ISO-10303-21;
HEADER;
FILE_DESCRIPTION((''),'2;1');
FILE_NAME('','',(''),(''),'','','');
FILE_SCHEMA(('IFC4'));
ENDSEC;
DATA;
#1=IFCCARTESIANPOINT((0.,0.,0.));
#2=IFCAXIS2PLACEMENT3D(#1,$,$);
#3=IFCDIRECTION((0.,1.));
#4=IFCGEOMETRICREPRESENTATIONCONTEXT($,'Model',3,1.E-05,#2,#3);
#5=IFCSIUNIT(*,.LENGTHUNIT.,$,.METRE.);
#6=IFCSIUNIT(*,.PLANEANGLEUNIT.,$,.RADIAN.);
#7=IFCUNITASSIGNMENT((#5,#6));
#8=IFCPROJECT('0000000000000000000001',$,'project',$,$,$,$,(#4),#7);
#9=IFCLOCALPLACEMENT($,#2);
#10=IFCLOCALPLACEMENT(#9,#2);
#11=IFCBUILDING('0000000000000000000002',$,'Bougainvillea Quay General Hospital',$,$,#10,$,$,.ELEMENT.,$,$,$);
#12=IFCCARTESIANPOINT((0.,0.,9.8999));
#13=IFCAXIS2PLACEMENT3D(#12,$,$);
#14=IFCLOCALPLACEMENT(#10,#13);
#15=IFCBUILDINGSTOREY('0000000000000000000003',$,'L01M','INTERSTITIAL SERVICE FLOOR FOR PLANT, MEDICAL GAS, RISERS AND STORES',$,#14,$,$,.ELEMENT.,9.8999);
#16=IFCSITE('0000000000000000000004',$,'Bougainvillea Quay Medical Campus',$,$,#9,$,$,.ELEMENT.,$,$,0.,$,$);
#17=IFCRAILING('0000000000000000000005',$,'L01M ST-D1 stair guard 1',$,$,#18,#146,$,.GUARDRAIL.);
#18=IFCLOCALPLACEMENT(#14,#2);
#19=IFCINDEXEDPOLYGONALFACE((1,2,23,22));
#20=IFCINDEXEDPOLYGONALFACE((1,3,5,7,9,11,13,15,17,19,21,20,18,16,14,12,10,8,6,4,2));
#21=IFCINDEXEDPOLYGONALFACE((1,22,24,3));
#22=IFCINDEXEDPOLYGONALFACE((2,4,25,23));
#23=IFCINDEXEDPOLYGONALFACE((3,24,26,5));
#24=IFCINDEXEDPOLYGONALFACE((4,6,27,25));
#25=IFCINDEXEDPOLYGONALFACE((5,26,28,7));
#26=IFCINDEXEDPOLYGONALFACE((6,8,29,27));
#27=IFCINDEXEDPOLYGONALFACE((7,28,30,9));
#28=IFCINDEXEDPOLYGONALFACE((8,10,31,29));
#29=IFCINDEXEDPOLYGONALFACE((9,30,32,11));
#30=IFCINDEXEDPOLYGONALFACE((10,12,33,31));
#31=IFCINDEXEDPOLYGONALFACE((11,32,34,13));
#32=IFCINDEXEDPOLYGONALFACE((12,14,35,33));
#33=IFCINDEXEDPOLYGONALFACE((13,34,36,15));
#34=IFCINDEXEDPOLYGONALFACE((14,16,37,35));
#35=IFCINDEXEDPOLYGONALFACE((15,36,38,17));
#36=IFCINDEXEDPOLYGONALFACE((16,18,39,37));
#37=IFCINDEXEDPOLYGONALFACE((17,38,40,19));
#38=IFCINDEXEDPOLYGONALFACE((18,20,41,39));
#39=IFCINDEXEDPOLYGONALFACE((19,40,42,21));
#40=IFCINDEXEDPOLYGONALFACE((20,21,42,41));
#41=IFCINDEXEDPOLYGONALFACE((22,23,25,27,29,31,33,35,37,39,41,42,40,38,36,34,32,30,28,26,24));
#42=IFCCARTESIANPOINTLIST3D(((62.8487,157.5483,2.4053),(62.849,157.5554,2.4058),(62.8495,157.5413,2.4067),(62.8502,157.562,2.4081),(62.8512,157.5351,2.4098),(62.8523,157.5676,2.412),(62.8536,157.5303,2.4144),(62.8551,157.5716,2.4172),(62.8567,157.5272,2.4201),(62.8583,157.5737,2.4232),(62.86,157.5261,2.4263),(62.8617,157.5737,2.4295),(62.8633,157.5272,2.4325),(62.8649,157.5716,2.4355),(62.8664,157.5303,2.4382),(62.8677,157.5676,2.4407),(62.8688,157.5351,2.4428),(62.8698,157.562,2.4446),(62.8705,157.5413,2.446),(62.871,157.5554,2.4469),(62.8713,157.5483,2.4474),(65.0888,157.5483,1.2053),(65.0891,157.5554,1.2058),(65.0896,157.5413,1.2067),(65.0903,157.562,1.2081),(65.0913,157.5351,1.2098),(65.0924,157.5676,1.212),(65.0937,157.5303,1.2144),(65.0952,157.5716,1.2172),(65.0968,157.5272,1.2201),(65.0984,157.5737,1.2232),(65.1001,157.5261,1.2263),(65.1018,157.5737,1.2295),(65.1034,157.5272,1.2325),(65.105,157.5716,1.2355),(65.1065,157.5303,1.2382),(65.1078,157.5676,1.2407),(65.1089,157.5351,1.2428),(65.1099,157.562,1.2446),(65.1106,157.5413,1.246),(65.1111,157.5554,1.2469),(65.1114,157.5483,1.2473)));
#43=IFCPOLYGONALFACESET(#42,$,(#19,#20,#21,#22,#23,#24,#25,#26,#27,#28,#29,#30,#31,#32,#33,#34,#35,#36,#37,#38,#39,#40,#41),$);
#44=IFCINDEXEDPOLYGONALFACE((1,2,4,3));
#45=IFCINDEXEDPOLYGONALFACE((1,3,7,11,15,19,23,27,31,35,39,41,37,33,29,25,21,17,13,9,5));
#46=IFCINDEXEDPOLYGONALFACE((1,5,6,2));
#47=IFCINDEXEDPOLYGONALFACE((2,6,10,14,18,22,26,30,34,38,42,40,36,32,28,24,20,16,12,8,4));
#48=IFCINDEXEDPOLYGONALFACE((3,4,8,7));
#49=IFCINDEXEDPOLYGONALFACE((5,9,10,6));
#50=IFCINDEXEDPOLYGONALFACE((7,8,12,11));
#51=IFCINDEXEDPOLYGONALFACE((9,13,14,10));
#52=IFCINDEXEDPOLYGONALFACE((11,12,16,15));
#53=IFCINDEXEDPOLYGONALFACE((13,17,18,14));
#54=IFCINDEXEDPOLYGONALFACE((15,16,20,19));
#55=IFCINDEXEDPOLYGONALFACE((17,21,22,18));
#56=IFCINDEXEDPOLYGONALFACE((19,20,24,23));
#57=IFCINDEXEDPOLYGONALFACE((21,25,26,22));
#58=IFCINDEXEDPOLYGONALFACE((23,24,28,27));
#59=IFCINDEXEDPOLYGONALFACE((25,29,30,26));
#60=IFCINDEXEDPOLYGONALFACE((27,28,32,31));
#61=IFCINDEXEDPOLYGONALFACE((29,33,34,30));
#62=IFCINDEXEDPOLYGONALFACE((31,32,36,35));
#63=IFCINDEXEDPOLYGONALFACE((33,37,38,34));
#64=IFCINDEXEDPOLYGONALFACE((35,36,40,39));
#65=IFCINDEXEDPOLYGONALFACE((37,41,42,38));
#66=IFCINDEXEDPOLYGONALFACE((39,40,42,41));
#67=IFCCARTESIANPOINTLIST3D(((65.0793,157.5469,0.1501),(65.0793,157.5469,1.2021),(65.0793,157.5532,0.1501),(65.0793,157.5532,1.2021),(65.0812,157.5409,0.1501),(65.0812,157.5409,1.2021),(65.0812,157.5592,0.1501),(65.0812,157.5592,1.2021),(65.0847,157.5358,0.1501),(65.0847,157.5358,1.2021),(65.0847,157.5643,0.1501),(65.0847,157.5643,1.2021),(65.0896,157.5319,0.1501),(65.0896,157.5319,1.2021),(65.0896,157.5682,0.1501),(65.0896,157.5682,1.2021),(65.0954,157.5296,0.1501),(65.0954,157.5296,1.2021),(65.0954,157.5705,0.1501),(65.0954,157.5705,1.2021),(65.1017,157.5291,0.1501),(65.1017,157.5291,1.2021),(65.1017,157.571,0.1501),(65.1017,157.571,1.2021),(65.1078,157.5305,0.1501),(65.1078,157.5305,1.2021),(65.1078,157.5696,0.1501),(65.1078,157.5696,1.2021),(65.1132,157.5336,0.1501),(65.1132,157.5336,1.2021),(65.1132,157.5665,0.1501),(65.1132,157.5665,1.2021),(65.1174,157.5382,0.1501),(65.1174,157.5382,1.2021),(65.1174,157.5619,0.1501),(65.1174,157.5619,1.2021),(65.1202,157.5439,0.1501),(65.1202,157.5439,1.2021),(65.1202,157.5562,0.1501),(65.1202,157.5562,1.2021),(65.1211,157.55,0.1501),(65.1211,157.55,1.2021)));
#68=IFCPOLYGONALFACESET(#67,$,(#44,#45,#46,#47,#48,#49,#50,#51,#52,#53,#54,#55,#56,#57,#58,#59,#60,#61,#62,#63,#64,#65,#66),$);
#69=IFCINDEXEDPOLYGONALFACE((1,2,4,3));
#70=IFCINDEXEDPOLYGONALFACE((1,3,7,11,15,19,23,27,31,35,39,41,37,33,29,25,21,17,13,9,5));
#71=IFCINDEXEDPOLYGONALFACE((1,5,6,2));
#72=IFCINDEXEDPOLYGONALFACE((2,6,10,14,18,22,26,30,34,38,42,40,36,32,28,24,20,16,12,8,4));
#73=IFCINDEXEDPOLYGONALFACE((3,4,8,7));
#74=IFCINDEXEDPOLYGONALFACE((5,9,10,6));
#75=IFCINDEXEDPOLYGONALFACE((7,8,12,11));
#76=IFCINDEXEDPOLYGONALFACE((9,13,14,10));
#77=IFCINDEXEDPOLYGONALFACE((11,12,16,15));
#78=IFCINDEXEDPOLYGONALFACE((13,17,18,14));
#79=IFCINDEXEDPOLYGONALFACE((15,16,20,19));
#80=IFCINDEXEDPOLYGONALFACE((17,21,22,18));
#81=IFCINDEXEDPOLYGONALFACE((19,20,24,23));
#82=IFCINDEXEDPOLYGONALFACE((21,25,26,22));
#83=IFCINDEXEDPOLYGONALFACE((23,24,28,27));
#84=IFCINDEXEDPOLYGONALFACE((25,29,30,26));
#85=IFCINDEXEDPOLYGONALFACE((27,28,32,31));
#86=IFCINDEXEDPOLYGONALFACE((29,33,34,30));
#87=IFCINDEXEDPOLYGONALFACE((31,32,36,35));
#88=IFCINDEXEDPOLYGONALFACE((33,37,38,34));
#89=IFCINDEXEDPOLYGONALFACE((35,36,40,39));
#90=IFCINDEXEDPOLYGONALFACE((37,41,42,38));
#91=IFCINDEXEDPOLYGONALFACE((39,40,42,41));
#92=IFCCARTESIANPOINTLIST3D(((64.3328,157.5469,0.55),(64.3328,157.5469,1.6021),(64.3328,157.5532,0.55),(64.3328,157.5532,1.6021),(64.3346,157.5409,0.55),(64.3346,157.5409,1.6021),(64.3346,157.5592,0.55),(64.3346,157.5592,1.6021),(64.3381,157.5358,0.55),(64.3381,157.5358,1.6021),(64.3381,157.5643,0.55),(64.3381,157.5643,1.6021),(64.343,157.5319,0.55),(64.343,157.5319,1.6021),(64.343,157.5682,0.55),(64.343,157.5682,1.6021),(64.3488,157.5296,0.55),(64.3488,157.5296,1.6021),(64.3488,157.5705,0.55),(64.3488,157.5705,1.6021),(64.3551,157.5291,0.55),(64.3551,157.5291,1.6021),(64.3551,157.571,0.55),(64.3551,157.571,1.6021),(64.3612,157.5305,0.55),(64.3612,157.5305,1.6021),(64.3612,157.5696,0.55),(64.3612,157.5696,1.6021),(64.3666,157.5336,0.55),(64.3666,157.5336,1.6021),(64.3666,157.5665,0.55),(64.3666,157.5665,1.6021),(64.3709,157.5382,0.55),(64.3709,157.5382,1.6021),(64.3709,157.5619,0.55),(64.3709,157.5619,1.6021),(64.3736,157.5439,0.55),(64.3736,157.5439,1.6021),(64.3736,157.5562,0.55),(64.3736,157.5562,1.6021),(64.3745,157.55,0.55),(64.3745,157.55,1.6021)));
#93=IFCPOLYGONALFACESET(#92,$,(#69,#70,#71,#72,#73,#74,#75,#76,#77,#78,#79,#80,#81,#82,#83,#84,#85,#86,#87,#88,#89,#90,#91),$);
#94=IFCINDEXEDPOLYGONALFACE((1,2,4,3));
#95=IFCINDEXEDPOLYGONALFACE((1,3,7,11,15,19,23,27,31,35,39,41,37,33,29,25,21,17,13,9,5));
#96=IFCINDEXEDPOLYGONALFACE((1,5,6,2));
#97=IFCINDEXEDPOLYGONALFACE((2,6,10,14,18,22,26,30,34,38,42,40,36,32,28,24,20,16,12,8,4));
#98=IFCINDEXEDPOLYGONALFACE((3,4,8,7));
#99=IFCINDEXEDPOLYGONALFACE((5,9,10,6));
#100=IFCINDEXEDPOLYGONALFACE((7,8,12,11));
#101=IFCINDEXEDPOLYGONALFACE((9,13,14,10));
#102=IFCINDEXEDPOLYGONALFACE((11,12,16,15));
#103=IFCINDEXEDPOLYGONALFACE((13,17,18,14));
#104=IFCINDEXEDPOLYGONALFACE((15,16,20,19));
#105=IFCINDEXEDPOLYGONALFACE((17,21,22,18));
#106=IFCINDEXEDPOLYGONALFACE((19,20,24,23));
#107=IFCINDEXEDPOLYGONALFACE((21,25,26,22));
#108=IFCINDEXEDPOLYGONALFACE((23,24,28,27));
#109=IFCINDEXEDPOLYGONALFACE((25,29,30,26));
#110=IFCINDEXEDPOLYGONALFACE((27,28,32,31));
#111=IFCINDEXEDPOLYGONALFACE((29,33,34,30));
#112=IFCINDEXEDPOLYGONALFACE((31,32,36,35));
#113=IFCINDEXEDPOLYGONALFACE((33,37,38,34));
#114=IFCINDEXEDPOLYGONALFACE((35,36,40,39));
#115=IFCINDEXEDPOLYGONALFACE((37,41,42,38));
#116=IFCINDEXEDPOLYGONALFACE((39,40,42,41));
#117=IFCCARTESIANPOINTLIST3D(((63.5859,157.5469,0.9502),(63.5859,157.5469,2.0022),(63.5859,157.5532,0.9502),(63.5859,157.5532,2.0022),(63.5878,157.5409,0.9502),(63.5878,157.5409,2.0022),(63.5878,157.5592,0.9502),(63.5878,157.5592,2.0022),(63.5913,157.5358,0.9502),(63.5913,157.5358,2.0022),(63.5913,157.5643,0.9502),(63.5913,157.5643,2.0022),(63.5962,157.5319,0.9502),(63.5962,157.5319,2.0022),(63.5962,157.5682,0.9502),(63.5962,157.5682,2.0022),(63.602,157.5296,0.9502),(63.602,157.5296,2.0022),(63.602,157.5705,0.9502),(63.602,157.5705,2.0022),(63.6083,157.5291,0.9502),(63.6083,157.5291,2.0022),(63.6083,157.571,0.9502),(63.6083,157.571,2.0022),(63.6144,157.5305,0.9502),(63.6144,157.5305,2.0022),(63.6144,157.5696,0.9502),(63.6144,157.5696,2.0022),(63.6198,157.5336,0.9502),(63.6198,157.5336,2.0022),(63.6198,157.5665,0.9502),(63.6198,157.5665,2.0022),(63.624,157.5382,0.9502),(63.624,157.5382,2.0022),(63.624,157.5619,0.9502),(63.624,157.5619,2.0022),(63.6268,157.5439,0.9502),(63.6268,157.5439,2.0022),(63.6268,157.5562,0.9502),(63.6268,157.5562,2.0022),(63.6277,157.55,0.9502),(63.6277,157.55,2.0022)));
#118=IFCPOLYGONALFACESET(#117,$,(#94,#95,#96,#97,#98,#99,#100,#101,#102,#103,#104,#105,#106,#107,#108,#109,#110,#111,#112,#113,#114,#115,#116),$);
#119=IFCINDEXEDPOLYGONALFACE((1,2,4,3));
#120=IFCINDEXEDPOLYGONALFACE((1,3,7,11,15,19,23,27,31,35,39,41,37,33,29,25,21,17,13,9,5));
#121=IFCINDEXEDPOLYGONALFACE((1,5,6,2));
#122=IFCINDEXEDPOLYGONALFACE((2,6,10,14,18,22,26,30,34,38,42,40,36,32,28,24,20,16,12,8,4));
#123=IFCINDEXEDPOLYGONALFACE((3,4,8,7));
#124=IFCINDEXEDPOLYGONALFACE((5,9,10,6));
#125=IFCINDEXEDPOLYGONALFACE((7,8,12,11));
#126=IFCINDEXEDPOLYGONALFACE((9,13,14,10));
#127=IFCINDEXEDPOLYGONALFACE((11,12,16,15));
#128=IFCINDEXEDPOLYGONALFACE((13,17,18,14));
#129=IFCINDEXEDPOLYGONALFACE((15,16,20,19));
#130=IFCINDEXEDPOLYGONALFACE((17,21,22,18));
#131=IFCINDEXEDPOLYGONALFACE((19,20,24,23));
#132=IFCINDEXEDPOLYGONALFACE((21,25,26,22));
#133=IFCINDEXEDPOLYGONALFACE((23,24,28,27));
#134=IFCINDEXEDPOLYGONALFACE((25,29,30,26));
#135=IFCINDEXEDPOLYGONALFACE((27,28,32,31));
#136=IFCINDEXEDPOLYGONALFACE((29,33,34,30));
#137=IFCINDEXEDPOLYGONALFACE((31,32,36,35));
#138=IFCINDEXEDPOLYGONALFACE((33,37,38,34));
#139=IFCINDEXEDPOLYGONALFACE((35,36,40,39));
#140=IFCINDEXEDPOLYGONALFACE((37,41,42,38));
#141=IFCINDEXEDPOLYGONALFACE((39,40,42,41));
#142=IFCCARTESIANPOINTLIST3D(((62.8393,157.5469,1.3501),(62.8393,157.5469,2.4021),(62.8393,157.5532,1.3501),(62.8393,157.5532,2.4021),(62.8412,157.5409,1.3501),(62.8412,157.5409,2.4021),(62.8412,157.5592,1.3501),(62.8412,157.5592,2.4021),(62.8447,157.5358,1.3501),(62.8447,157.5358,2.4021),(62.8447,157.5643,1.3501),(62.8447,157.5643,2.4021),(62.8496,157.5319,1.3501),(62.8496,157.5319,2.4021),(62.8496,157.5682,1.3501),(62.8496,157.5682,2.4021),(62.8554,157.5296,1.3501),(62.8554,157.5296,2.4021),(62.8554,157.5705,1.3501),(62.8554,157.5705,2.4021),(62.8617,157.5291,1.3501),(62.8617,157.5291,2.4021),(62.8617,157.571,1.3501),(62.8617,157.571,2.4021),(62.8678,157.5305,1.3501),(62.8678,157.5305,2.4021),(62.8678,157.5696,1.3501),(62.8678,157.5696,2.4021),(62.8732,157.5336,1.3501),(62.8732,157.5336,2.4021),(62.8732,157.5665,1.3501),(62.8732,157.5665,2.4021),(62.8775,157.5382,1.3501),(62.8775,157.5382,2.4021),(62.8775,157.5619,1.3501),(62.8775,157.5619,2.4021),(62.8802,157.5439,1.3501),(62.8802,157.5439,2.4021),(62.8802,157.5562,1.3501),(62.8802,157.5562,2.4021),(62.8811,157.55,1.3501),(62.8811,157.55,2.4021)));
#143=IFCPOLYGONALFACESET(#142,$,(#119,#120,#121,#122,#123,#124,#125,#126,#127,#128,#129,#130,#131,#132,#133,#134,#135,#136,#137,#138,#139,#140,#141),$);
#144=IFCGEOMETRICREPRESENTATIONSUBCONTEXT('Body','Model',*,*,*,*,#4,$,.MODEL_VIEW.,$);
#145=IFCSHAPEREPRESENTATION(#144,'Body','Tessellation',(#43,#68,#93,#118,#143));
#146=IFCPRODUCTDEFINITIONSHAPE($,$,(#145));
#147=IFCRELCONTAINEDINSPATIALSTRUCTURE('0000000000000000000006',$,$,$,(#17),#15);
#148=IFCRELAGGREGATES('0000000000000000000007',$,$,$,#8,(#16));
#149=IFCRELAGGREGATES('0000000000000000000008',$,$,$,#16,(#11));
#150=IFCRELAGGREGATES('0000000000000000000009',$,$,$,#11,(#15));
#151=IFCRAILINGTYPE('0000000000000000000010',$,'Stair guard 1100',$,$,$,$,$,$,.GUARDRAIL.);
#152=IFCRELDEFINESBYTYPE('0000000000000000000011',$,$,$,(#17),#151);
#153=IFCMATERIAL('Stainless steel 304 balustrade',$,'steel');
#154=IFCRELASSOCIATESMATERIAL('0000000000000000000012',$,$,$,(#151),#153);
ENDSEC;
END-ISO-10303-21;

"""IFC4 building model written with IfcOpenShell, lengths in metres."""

from ifc_helpers import new_model, si_unit, direction, frame, origin, origin_2d, place, context, subcontext, project, spatial, circle, extrude, material, type_object, element, save


model = new_model("IFC4")

# Units and contexts
model_context = context("Model", 3, precision=1e-05, world=origin(), true_north=direction((0.0, 1.0)))
body_context = subcontext(model_context, "Body", "Model", "MODEL_VIEW")
ifc_project = project(units=[si_unit("LENGTHUNIT", "METRE"), si_unit("PLANEANGLEUNIT", "RADIAN")], contexts=[model_context])

# Site, building, storey
site_placement = place(None, origin())
site = spatial("IfcSite", under=ifc_project, at=site_placement, Name="Bougainvillea Quay Medical Campus", CompositionType="ELEMENT", RefElevation=0.0)
building_placement = place(site_placement, origin())
building = spatial("IfcBuilding", under=site, at=building_placement, Name="Bougainvillea Quay General Hospital", CompositionType="ELEMENT")
storey_placement = place(building_placement, frame((0.0, 0.0, 9.8999)))
storey = spatial("IfcBuildingStorey", under=building, at=storey_placement, Name="L01M", Description="INTERSTITIAL SERVICE FLOOR FOR PLANT, MEDICAL GAS, RISERS AND STORES", CompositionType="ELEMENT", Elevation=9.8999)

# Railing
ifc_material_1 = material(Name="Stainless steel 304 balustrade", Category="steel")
railing_type_1 = type_object("IfcRailingType", Name="Stair guard 1100", PredefinedType="GUARDRAIL", material=ifc_material_1)
railing_1_placement = place(storey_placement, frame((65.1001, 157.55, 0.1501)))
element("IfcRailing", 1, at=railing_1_placement, inside=storey, type_object=railing_type_1, Name="L01M ST-D1 stair guard 1", PredefinedType="GUARDRAIL", context=body_context, shape_type="SweptSolid", body=[
    extrude(circle(Radius=0.0239, at=origin_2d()), frame((0.0, 0.0, 1.0762), z_axis=(-0.881487, 0.0, 0.472208), x_axis=(0.0, -1.0, 0.0)), (0.0, 0.0, 1.0), 2.5413),
    extrude(circle(Radius=0.021, at=origin_2d()), origin(), (0.0, 0.0, 1.0), 1.052),
    extrude(circle(Radius=0.021, at=origin_2d()), frame((-0.7466, 0.0, 0.3999)), (0.0, 0.0, 1.0), 1.052),
    extrude(circle(Radius=0.021, at=origin_2d()), frame((-1.4934, 0.0, 0.8)), (0.0, 0.0, 1.0), 1.052),
    extrude(circle(Radius=0.021, at=origin_2d()), frame((-2.24, 0.0, 1.2)), (0.0, 0.0, 1.0), 1.052),
])

save(model, "model.ifc")
